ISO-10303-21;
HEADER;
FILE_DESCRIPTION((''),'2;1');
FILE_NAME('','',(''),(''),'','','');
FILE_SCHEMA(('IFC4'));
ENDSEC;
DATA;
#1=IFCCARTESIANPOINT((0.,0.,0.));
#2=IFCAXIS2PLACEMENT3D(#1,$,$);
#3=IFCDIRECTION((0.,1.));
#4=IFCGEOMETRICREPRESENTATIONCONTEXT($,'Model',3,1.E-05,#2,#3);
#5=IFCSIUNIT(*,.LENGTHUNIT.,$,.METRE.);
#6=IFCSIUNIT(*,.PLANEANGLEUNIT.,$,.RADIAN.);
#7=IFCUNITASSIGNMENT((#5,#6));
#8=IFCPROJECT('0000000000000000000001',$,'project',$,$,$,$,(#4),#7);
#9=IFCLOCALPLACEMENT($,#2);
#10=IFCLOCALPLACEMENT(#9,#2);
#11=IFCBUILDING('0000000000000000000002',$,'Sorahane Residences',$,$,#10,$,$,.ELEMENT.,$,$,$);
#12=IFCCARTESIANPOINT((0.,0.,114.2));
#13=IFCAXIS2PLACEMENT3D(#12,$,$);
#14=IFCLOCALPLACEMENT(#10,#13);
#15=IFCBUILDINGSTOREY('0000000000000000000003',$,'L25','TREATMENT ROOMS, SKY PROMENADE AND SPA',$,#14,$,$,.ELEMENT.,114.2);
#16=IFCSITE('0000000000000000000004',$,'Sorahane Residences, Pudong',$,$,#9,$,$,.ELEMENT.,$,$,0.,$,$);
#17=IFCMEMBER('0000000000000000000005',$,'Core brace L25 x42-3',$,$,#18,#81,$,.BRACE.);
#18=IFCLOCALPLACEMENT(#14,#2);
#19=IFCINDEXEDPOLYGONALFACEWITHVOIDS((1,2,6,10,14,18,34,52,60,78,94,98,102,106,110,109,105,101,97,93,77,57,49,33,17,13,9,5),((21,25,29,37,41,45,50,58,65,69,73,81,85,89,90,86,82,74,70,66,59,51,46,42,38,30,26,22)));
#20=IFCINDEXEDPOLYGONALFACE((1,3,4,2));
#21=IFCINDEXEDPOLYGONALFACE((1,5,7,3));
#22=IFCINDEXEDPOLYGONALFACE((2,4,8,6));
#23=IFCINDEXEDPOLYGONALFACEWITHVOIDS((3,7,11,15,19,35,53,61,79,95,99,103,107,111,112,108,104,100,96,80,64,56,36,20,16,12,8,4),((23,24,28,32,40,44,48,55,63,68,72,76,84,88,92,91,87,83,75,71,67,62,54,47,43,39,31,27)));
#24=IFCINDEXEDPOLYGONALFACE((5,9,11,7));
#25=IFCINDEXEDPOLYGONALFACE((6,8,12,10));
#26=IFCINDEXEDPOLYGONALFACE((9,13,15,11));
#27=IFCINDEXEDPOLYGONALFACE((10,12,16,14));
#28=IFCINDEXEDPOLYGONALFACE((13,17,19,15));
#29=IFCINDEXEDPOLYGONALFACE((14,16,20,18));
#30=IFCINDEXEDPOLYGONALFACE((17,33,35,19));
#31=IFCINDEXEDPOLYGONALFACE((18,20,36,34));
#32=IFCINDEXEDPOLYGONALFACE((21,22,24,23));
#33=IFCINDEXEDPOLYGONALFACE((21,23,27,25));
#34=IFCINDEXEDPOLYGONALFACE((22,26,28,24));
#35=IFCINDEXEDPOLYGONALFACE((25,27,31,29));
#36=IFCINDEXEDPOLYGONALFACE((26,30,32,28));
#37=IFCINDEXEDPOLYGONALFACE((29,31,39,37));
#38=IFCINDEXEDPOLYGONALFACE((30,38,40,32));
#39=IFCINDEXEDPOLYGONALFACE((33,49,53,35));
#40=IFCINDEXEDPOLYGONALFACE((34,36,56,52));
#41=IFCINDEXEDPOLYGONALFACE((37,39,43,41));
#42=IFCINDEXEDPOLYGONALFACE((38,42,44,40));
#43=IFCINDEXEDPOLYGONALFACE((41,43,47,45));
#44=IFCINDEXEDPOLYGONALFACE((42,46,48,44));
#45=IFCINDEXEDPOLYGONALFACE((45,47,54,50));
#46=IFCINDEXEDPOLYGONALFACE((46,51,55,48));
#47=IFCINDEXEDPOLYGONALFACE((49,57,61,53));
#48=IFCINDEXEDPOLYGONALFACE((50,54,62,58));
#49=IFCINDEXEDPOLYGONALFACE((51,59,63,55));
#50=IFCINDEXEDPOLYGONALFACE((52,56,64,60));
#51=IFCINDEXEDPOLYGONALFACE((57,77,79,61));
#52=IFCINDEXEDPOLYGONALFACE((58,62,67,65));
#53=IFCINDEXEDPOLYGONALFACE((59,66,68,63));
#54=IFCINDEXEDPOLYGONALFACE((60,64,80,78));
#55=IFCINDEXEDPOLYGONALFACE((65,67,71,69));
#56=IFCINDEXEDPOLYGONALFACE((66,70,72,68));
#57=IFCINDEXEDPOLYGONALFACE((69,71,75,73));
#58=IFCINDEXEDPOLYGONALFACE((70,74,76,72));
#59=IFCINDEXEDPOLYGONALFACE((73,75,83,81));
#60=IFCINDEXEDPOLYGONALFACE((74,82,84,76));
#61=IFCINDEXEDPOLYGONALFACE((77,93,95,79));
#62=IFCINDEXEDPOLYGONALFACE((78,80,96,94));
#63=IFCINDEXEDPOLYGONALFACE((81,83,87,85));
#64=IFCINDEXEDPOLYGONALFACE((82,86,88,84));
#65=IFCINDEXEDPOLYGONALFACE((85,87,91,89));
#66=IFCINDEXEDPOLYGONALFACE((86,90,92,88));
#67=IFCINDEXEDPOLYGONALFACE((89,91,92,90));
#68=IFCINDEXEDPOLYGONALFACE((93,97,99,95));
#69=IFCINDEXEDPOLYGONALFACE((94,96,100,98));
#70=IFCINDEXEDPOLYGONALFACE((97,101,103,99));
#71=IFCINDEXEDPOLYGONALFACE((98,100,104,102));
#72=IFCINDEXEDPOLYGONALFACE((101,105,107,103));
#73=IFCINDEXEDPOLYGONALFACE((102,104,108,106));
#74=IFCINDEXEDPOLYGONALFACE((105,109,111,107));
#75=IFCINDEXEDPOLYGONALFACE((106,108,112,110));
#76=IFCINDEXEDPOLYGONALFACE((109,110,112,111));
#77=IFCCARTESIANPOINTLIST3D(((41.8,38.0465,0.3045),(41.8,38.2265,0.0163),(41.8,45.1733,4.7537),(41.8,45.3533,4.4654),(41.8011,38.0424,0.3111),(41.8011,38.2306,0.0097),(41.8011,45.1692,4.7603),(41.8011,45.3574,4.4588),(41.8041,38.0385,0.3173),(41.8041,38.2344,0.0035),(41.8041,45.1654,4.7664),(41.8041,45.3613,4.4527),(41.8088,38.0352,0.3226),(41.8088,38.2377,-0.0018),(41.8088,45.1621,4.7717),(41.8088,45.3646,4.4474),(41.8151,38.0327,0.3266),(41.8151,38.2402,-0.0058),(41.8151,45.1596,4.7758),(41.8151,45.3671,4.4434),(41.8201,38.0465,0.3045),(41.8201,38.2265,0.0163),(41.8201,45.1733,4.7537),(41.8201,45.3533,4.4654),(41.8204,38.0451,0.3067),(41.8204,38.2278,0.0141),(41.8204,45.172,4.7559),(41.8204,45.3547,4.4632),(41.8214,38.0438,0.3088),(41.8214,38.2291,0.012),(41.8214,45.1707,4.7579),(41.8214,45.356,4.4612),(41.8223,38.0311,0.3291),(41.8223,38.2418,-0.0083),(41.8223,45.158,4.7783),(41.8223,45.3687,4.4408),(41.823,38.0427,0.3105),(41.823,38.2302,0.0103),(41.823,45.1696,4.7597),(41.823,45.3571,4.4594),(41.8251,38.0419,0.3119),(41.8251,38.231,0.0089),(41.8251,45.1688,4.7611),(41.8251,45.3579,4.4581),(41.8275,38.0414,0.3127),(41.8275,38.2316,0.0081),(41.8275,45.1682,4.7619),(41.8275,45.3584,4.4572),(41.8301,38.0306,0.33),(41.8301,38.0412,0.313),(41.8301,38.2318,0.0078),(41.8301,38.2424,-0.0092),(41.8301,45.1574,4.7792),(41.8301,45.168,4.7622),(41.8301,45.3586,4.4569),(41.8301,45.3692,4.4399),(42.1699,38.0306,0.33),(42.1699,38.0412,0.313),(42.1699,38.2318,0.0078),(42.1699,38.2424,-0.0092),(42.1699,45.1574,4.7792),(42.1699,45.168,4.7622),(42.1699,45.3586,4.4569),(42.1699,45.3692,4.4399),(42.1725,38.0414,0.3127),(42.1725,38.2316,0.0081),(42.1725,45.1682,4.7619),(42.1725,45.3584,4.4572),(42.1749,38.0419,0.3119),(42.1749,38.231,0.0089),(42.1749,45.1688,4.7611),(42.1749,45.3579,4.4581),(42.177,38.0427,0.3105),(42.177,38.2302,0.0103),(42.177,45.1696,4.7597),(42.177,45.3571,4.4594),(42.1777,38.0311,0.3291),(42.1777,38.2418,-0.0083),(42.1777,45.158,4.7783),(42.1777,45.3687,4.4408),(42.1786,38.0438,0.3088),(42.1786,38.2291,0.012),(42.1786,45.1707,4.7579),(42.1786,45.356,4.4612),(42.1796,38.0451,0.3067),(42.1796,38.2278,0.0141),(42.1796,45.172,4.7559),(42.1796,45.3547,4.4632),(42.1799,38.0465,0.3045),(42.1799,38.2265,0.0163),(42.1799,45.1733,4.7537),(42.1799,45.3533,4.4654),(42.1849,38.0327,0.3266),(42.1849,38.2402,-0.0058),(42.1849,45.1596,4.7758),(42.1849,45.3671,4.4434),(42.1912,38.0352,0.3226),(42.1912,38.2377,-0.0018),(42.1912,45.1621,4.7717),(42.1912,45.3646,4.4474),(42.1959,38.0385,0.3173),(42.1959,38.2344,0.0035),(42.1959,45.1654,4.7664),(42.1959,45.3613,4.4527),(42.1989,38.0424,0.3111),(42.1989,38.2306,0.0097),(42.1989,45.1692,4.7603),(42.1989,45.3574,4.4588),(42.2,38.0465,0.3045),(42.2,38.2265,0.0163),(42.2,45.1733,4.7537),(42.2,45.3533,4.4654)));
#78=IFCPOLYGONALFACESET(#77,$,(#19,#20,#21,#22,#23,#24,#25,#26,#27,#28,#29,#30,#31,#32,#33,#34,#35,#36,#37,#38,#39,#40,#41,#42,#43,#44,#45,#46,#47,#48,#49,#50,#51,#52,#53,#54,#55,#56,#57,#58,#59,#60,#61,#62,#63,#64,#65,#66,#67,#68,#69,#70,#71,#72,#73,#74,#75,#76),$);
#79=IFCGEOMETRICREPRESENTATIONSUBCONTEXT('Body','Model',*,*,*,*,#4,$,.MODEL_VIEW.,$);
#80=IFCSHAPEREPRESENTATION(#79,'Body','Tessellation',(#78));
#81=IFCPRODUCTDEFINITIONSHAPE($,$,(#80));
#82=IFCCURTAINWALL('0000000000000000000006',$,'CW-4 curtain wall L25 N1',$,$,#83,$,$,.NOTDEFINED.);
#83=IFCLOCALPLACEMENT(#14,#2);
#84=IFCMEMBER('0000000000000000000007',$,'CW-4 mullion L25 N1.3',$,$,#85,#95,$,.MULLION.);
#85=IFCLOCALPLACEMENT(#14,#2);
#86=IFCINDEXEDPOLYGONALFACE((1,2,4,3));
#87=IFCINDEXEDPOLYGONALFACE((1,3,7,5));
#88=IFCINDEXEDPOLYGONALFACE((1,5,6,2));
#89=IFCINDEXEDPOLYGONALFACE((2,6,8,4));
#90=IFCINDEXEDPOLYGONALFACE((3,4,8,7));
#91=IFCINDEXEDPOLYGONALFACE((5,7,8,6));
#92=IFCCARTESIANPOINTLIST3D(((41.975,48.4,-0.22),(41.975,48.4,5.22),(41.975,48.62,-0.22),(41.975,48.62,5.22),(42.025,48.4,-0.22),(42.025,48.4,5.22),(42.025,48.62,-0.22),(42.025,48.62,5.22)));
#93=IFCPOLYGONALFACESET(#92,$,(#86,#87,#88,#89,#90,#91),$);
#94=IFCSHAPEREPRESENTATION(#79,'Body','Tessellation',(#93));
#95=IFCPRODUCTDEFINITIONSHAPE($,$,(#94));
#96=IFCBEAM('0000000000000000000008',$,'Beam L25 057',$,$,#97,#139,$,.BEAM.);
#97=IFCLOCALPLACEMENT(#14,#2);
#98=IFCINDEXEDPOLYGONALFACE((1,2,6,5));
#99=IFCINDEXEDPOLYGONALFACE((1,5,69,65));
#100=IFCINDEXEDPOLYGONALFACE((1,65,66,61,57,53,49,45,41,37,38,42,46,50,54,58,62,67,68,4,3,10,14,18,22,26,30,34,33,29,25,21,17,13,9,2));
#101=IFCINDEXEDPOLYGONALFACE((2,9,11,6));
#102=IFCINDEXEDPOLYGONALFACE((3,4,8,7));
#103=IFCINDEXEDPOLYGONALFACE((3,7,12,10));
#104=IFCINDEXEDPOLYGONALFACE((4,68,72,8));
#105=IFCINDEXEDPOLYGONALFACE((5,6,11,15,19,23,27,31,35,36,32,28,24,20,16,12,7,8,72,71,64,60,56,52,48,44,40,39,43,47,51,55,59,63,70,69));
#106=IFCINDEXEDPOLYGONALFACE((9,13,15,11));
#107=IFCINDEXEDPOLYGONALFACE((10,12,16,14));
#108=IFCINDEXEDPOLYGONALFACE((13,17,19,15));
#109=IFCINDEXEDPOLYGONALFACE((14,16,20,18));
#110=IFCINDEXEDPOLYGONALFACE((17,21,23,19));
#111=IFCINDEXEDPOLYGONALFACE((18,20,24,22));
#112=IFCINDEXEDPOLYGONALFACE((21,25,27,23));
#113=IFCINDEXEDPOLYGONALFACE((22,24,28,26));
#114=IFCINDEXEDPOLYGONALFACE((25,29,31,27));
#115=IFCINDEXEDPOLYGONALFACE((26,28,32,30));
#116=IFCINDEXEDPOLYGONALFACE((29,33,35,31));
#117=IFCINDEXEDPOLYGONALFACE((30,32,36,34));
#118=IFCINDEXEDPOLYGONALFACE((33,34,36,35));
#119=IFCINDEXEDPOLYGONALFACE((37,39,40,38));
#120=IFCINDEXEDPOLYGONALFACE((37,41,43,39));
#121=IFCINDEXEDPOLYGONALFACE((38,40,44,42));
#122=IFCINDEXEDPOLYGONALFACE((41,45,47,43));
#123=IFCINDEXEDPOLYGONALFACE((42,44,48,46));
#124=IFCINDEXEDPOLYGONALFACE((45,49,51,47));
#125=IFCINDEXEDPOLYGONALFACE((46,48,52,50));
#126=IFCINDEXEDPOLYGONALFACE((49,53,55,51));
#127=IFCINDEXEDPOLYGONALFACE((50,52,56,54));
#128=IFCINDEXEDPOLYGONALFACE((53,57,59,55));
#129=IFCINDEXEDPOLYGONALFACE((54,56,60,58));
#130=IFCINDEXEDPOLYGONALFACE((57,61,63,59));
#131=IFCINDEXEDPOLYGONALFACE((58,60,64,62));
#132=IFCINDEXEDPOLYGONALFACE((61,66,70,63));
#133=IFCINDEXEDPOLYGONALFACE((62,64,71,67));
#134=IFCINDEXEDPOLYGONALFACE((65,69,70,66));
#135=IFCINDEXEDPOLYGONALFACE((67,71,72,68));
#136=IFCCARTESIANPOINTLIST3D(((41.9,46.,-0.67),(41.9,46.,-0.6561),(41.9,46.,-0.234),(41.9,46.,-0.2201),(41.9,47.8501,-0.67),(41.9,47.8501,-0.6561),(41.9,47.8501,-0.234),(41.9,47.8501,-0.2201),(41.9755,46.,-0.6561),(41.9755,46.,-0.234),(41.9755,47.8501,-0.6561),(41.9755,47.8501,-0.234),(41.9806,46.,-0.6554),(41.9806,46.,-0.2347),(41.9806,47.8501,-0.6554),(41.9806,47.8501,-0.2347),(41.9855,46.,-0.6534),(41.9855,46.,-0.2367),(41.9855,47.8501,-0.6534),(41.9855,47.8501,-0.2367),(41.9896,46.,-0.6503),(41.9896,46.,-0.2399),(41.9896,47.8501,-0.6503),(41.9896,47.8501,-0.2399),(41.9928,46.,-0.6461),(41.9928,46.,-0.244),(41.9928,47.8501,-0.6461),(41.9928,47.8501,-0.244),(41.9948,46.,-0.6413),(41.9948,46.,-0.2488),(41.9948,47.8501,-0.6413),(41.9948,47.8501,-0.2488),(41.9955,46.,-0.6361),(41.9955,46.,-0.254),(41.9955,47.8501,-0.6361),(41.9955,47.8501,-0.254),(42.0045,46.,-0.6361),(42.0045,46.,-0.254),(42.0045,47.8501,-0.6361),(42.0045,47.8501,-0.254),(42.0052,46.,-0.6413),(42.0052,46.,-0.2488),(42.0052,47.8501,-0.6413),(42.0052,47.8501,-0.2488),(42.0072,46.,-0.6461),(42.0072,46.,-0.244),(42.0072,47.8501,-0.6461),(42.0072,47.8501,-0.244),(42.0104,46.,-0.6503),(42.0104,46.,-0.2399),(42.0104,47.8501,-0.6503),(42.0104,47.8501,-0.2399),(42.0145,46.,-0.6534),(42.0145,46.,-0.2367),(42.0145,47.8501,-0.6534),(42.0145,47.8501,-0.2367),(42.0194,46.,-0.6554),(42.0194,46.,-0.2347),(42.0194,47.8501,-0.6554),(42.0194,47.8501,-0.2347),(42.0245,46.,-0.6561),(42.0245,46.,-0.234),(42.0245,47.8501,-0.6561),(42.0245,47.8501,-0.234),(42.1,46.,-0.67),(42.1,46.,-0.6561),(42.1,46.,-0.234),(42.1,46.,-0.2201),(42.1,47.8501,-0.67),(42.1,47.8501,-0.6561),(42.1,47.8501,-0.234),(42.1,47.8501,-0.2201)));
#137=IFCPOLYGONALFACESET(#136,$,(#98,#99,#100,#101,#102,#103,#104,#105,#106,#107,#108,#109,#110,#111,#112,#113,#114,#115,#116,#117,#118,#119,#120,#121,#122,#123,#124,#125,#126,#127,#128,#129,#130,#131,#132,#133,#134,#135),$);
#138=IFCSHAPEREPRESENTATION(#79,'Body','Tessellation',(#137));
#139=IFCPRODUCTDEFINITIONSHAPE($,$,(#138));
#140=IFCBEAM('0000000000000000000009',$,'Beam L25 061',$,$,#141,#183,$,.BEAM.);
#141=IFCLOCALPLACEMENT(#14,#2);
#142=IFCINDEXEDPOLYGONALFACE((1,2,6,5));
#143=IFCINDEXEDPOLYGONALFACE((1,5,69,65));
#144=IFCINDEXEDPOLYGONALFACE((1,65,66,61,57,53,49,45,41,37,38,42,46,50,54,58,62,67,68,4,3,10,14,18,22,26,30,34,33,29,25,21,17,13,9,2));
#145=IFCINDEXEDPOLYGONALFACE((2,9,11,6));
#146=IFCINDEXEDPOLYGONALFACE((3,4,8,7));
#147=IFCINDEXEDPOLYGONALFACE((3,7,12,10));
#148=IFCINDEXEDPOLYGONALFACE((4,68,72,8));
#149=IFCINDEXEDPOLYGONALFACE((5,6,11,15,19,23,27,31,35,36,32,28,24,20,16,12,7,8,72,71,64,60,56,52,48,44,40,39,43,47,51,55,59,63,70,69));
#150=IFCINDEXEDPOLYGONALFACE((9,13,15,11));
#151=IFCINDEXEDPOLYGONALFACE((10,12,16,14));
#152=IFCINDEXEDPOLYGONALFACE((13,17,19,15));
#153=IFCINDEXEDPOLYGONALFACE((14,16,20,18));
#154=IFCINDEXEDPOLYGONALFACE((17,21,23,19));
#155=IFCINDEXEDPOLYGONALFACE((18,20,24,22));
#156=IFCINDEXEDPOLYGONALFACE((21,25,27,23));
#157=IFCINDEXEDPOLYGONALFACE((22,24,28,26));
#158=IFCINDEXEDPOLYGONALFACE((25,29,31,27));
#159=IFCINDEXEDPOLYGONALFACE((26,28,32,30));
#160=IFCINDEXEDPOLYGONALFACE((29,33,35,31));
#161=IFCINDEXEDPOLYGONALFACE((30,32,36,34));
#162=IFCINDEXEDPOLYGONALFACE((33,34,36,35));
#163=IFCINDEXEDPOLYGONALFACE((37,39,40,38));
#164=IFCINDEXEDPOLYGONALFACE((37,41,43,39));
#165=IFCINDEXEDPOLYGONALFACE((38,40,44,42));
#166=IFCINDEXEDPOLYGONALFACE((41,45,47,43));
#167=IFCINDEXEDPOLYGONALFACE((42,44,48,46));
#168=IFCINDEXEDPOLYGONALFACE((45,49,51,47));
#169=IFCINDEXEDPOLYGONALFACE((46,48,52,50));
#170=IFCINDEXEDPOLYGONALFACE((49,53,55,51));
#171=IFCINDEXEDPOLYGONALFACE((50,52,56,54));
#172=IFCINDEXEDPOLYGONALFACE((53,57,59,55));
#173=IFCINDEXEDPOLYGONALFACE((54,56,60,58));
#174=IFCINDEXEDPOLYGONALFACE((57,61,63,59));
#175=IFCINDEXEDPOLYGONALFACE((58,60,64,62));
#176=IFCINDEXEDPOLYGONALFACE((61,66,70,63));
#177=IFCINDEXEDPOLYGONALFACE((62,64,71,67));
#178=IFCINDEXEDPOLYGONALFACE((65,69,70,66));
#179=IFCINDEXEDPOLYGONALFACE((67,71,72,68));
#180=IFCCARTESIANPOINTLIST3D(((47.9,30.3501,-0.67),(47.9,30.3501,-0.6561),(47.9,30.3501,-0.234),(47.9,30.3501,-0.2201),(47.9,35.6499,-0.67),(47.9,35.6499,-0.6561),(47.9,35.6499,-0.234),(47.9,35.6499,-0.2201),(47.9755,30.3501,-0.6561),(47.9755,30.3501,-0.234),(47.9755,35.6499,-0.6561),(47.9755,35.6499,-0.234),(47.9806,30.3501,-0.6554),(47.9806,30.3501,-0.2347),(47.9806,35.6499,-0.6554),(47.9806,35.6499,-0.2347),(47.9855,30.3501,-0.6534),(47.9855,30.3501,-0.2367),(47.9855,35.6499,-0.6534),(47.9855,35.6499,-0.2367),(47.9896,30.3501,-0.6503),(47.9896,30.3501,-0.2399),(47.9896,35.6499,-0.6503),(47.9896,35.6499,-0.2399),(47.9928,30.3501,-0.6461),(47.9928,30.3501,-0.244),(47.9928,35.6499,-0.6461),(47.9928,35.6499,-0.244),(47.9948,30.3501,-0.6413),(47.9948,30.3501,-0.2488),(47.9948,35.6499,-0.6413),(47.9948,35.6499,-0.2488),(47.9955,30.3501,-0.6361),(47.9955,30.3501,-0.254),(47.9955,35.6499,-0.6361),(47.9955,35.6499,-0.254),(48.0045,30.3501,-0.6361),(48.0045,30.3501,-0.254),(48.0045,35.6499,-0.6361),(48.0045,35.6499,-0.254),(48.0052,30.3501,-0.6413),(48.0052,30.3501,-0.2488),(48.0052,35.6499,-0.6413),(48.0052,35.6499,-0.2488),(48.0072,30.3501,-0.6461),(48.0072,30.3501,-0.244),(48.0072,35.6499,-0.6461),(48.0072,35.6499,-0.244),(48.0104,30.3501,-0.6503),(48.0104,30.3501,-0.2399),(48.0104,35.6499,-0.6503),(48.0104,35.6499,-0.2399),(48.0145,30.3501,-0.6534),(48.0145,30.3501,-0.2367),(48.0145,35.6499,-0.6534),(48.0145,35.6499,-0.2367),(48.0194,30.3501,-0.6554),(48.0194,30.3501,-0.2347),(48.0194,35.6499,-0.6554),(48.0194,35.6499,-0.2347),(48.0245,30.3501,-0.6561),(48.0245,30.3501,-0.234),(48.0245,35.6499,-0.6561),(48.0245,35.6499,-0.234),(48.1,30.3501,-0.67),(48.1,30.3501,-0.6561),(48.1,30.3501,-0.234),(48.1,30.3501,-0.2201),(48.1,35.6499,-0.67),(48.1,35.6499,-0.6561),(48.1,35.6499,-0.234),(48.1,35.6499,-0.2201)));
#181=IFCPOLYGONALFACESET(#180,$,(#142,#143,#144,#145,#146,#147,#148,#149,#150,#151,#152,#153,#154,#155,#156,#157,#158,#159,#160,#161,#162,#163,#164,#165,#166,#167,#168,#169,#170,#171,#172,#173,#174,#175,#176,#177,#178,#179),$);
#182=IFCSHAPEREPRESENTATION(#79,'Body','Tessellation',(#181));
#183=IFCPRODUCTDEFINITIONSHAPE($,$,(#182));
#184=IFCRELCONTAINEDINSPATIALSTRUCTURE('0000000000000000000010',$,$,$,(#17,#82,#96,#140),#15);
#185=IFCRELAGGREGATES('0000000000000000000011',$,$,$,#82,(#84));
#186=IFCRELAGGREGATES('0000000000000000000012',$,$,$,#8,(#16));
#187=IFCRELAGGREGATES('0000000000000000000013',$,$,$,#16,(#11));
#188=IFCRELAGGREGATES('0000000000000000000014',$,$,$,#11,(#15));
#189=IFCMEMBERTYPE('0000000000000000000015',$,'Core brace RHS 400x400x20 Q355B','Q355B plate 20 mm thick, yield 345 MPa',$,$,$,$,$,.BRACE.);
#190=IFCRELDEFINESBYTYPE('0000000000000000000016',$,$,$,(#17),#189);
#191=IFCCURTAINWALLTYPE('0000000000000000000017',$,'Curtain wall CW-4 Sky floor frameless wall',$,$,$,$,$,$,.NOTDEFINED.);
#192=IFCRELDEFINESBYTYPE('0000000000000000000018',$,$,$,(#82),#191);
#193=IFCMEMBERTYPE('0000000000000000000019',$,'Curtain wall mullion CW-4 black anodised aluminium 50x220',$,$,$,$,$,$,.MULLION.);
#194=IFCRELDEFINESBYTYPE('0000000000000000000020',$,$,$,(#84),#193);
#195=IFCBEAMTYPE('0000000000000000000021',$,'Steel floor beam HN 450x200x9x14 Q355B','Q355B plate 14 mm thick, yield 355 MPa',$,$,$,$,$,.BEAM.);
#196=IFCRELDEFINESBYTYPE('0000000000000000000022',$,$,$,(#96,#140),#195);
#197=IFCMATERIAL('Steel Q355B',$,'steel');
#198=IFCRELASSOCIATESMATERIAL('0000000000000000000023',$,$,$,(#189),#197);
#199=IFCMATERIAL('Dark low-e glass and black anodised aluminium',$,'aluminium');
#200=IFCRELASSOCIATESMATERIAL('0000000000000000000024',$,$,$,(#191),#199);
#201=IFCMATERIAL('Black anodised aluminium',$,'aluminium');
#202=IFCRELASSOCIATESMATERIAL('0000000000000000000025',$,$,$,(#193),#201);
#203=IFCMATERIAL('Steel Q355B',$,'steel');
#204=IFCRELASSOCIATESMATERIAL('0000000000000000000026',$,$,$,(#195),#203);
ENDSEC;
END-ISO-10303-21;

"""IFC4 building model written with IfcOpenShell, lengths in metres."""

from ifc_helpers import new_model, si_unit, direction, frame, origin, origin_2d, place, context, subcontext, project, spatial, rectangle, hollow_rectangle, i_section, extrude, material, material_profile, profile_set, type_object, element, aggregate, save


model = new_model("IFC4")

# Units and contexts
model_context = context("Model", 3, precision=1e-05, world=origin(), true_north=direction((0.0, 1.0)))
body_context = subcontext(model_context, "Body", "Model", "MODEL_VIEW")
ifc_project = project(units=[si_unit("LENGTHUNIT", "METRE"), si_unit("PLANEANGLEUNIT", "RADIAN")], contexts=[model_context])

# Site, building, storey
site_placement = place(None, origin())
site = spatial("IfcSite", under=ifc_project, at=site_placement, Name="Sorahane Residences, Pudong", CompositionType="ELEMENT", RefElevation=0.0)
building_placement = place(site_placement, origin())
building = spatial("IfcBuilding", under=site, at=building_placement, Name="Sorahane Residences", CompositionType="ELEMENT")
storey_placement = place(building_placement, frame((0.0, 0.0, 114.2)))
storey = spatial("IfcBuildingStorey", under=building, at=storey_placement, Name="L25", Description="TREATMENT ROOMS, SKY PROMENADE AND SPA", CompositionType="ELEMENT", Elevation=114.2)

# Member
ifc_material_1 = material(Name="Steel Q355B", Category="steel")
ifc_material_profile_1 = material_profile(ifc_material_1, hollow_rectangle(XDim=0.3999, YDim=0.3999, WallThickness=0.02, InnerFilletRadius=0.01, OuterFilletRadius=0.03, at=origin_2d()), Name="RHS 400x400x20")
ifc_profile_set_1 = profile_set([ifc_material_profile_1], Name="Steel Q355B")
member_type_1 = type_object("IfcMemberType", Name="Core brace RHS 400x400x20 Q355B", Description="Q355B plate 20 mm thick, yield 345 MPa", PredefinedType="BRACE", material=ifc_profile_set_1)
member_1_placement = place(storey_placement, frame((42.0, 38.1365, 0.1604), z_axis=(0.0, 0.848272, 0.52956), x_axis=(-1.0, 0.0, 0.0)))
element("IfcMember", 1, at=member_1_placement, inside=storey, type_object=member_type_1, Name="Core brace L25 x42-3", PredefinedType="BRACE", context=body_context, shape_type="SweptSolid", body=[
    extrude(hollow_rectangle(XDim=0.3999, YDim=0.3999, WallThickness=0.02, InnerFilletRadius=0.01, OuterFilletRadius=0.03, at=origin_2d()), origin(), (0.0, 0.0, 1.0), 8.4016),
])

# Curtain wall, member
ifc_material_2 = material(Name="Dark low-e glass and black anodised aluminium", Category="aluminium")
curtain_wall_type = type_object("IfcCurtainWallType", Name="Curtain wall CW-4 Sky floor frameless wall", PredefinedType="NOTDEFINED", material=ifc_material_2)
curtain_wall_placement = place(storey_placement, origin())
curtain_wall = element("IfcCurtainWall", 2, at=curtain_wall_placement, inside=storey, type_object=curtain_wall_type, Name="CW-4 curtain wall L25 N1", PredefinedType="NOTDEFINED")
ifc_material_3 = material(Name="Black anodised aluminium", Category="aluminium")
ifc_material_profile_2 = material_profile(ifc_material_3, rectangle(XDim=0.22, YDim=0.05, at=origin_2d()), Name="Curtain wall mullion CW-4 black anodised aluminium 50x220")
ifc_profile_set_2 = profile_set([ifc_material_profile_2], Name="Black anodised aluminium")
member_type_2 = type_object("IfcMemberType", Name="Curtain wall mullion CW-4 black anodised aluminium 50x220", PredefinedType="MULLION", material=ifc_profile_set_2)
member_2_placement = place(storey_placement, frame((42.0, 48.51, -0.22), z_axis=(0.0, 0.0, 1.0), x_axis=(0.0, 1.0, 0.0)))
member_2 = element("IfcMember", 3, at=member_2_placement, type_object=member_type_2, Name="CW-4 mullion L25 N1.3", PredefinedType="MULLION", context=body_context, shape_type="SweptSolid", body=[
    extrude(rectangle(XDim=0.22, YDim=0.05, at=origin_2d()), origin(), (0.0, 0.0, 1.0), 5.4399),
])

# Beams
ifc_material_4 = material(Name="Steel Q355B", Category="steel")
ifc_material_profile_3 = material_profile(ifc_material_4, i_section(OverallWidth=0.2, OverallDepth=0.45, WebThickness=0.009, FlangeThickness=0.0139, FilletRadius=0.02, at=origin_2d()), Name="HN 450x200x9x14")
ifc_profile_set_3 = profile_set([ifc_material_profile_3], Name="Steel Q355B")
beam_type_1 = type_object("IfcBeamType", Name="Steel floor beam HN 450x200x9x14 Q355B", Description="Q355B plate 14 mm thick, yield 355 MPa", PredefinedType="BEAM", material=ifc_profile_set_3)
beam_1_placement = place(storey_placement, frame((42.0, 46.0, -0.4451), z_axis=(0.0, 1.0, 0.0), x_axis=(-1.0, 0.0, 0.0)))
element("IfcBeam", 4, at=beam_1_placement, inside=storey, type_object=beam_type_1, Name="Beam L25 057", PredefinedType="BEAM", context=body_context, shape_type="SweptSolid", body=[
    extrude(i_section(OverallWidth=0.2, OverallDepth=0.45, WebThickness=0.009, FlangeThickness=0.0139, FilletRadius=0.02, at=origin_2d()), origin(), (0.0, 0.0, 1.0), 1.8501),
])
for number, where, z_axis, x_axis, name in (
    (5, (48.0, 30.3501, -0.4451), (0.0, 1.0, 0.0), (-1.0, 0.0, 0.0), "Beam L25 061"),
):
    element("IfcBeam", number, at=place(storey_placement, frame(where, z_axis=z_axis, x_axis=x_axis)), inside=storey, type_object=beam_type_1, Name=name, PredefinedType="BEAM", context=body_context, shape_type="SweptSolid", body=[
        extrude(i_section(OverallWidth=0.2, OverallDepth=0.45, WebThickness=0.009, FlangeThickness=0.0139, FilletRadius=0.02, at=origin_2d()), origin(), (0.0, 0.0, 1.0), 5.2998),
    ])

aggregate(curtain_wall, [member_2])

save(model, "model.ifc")
